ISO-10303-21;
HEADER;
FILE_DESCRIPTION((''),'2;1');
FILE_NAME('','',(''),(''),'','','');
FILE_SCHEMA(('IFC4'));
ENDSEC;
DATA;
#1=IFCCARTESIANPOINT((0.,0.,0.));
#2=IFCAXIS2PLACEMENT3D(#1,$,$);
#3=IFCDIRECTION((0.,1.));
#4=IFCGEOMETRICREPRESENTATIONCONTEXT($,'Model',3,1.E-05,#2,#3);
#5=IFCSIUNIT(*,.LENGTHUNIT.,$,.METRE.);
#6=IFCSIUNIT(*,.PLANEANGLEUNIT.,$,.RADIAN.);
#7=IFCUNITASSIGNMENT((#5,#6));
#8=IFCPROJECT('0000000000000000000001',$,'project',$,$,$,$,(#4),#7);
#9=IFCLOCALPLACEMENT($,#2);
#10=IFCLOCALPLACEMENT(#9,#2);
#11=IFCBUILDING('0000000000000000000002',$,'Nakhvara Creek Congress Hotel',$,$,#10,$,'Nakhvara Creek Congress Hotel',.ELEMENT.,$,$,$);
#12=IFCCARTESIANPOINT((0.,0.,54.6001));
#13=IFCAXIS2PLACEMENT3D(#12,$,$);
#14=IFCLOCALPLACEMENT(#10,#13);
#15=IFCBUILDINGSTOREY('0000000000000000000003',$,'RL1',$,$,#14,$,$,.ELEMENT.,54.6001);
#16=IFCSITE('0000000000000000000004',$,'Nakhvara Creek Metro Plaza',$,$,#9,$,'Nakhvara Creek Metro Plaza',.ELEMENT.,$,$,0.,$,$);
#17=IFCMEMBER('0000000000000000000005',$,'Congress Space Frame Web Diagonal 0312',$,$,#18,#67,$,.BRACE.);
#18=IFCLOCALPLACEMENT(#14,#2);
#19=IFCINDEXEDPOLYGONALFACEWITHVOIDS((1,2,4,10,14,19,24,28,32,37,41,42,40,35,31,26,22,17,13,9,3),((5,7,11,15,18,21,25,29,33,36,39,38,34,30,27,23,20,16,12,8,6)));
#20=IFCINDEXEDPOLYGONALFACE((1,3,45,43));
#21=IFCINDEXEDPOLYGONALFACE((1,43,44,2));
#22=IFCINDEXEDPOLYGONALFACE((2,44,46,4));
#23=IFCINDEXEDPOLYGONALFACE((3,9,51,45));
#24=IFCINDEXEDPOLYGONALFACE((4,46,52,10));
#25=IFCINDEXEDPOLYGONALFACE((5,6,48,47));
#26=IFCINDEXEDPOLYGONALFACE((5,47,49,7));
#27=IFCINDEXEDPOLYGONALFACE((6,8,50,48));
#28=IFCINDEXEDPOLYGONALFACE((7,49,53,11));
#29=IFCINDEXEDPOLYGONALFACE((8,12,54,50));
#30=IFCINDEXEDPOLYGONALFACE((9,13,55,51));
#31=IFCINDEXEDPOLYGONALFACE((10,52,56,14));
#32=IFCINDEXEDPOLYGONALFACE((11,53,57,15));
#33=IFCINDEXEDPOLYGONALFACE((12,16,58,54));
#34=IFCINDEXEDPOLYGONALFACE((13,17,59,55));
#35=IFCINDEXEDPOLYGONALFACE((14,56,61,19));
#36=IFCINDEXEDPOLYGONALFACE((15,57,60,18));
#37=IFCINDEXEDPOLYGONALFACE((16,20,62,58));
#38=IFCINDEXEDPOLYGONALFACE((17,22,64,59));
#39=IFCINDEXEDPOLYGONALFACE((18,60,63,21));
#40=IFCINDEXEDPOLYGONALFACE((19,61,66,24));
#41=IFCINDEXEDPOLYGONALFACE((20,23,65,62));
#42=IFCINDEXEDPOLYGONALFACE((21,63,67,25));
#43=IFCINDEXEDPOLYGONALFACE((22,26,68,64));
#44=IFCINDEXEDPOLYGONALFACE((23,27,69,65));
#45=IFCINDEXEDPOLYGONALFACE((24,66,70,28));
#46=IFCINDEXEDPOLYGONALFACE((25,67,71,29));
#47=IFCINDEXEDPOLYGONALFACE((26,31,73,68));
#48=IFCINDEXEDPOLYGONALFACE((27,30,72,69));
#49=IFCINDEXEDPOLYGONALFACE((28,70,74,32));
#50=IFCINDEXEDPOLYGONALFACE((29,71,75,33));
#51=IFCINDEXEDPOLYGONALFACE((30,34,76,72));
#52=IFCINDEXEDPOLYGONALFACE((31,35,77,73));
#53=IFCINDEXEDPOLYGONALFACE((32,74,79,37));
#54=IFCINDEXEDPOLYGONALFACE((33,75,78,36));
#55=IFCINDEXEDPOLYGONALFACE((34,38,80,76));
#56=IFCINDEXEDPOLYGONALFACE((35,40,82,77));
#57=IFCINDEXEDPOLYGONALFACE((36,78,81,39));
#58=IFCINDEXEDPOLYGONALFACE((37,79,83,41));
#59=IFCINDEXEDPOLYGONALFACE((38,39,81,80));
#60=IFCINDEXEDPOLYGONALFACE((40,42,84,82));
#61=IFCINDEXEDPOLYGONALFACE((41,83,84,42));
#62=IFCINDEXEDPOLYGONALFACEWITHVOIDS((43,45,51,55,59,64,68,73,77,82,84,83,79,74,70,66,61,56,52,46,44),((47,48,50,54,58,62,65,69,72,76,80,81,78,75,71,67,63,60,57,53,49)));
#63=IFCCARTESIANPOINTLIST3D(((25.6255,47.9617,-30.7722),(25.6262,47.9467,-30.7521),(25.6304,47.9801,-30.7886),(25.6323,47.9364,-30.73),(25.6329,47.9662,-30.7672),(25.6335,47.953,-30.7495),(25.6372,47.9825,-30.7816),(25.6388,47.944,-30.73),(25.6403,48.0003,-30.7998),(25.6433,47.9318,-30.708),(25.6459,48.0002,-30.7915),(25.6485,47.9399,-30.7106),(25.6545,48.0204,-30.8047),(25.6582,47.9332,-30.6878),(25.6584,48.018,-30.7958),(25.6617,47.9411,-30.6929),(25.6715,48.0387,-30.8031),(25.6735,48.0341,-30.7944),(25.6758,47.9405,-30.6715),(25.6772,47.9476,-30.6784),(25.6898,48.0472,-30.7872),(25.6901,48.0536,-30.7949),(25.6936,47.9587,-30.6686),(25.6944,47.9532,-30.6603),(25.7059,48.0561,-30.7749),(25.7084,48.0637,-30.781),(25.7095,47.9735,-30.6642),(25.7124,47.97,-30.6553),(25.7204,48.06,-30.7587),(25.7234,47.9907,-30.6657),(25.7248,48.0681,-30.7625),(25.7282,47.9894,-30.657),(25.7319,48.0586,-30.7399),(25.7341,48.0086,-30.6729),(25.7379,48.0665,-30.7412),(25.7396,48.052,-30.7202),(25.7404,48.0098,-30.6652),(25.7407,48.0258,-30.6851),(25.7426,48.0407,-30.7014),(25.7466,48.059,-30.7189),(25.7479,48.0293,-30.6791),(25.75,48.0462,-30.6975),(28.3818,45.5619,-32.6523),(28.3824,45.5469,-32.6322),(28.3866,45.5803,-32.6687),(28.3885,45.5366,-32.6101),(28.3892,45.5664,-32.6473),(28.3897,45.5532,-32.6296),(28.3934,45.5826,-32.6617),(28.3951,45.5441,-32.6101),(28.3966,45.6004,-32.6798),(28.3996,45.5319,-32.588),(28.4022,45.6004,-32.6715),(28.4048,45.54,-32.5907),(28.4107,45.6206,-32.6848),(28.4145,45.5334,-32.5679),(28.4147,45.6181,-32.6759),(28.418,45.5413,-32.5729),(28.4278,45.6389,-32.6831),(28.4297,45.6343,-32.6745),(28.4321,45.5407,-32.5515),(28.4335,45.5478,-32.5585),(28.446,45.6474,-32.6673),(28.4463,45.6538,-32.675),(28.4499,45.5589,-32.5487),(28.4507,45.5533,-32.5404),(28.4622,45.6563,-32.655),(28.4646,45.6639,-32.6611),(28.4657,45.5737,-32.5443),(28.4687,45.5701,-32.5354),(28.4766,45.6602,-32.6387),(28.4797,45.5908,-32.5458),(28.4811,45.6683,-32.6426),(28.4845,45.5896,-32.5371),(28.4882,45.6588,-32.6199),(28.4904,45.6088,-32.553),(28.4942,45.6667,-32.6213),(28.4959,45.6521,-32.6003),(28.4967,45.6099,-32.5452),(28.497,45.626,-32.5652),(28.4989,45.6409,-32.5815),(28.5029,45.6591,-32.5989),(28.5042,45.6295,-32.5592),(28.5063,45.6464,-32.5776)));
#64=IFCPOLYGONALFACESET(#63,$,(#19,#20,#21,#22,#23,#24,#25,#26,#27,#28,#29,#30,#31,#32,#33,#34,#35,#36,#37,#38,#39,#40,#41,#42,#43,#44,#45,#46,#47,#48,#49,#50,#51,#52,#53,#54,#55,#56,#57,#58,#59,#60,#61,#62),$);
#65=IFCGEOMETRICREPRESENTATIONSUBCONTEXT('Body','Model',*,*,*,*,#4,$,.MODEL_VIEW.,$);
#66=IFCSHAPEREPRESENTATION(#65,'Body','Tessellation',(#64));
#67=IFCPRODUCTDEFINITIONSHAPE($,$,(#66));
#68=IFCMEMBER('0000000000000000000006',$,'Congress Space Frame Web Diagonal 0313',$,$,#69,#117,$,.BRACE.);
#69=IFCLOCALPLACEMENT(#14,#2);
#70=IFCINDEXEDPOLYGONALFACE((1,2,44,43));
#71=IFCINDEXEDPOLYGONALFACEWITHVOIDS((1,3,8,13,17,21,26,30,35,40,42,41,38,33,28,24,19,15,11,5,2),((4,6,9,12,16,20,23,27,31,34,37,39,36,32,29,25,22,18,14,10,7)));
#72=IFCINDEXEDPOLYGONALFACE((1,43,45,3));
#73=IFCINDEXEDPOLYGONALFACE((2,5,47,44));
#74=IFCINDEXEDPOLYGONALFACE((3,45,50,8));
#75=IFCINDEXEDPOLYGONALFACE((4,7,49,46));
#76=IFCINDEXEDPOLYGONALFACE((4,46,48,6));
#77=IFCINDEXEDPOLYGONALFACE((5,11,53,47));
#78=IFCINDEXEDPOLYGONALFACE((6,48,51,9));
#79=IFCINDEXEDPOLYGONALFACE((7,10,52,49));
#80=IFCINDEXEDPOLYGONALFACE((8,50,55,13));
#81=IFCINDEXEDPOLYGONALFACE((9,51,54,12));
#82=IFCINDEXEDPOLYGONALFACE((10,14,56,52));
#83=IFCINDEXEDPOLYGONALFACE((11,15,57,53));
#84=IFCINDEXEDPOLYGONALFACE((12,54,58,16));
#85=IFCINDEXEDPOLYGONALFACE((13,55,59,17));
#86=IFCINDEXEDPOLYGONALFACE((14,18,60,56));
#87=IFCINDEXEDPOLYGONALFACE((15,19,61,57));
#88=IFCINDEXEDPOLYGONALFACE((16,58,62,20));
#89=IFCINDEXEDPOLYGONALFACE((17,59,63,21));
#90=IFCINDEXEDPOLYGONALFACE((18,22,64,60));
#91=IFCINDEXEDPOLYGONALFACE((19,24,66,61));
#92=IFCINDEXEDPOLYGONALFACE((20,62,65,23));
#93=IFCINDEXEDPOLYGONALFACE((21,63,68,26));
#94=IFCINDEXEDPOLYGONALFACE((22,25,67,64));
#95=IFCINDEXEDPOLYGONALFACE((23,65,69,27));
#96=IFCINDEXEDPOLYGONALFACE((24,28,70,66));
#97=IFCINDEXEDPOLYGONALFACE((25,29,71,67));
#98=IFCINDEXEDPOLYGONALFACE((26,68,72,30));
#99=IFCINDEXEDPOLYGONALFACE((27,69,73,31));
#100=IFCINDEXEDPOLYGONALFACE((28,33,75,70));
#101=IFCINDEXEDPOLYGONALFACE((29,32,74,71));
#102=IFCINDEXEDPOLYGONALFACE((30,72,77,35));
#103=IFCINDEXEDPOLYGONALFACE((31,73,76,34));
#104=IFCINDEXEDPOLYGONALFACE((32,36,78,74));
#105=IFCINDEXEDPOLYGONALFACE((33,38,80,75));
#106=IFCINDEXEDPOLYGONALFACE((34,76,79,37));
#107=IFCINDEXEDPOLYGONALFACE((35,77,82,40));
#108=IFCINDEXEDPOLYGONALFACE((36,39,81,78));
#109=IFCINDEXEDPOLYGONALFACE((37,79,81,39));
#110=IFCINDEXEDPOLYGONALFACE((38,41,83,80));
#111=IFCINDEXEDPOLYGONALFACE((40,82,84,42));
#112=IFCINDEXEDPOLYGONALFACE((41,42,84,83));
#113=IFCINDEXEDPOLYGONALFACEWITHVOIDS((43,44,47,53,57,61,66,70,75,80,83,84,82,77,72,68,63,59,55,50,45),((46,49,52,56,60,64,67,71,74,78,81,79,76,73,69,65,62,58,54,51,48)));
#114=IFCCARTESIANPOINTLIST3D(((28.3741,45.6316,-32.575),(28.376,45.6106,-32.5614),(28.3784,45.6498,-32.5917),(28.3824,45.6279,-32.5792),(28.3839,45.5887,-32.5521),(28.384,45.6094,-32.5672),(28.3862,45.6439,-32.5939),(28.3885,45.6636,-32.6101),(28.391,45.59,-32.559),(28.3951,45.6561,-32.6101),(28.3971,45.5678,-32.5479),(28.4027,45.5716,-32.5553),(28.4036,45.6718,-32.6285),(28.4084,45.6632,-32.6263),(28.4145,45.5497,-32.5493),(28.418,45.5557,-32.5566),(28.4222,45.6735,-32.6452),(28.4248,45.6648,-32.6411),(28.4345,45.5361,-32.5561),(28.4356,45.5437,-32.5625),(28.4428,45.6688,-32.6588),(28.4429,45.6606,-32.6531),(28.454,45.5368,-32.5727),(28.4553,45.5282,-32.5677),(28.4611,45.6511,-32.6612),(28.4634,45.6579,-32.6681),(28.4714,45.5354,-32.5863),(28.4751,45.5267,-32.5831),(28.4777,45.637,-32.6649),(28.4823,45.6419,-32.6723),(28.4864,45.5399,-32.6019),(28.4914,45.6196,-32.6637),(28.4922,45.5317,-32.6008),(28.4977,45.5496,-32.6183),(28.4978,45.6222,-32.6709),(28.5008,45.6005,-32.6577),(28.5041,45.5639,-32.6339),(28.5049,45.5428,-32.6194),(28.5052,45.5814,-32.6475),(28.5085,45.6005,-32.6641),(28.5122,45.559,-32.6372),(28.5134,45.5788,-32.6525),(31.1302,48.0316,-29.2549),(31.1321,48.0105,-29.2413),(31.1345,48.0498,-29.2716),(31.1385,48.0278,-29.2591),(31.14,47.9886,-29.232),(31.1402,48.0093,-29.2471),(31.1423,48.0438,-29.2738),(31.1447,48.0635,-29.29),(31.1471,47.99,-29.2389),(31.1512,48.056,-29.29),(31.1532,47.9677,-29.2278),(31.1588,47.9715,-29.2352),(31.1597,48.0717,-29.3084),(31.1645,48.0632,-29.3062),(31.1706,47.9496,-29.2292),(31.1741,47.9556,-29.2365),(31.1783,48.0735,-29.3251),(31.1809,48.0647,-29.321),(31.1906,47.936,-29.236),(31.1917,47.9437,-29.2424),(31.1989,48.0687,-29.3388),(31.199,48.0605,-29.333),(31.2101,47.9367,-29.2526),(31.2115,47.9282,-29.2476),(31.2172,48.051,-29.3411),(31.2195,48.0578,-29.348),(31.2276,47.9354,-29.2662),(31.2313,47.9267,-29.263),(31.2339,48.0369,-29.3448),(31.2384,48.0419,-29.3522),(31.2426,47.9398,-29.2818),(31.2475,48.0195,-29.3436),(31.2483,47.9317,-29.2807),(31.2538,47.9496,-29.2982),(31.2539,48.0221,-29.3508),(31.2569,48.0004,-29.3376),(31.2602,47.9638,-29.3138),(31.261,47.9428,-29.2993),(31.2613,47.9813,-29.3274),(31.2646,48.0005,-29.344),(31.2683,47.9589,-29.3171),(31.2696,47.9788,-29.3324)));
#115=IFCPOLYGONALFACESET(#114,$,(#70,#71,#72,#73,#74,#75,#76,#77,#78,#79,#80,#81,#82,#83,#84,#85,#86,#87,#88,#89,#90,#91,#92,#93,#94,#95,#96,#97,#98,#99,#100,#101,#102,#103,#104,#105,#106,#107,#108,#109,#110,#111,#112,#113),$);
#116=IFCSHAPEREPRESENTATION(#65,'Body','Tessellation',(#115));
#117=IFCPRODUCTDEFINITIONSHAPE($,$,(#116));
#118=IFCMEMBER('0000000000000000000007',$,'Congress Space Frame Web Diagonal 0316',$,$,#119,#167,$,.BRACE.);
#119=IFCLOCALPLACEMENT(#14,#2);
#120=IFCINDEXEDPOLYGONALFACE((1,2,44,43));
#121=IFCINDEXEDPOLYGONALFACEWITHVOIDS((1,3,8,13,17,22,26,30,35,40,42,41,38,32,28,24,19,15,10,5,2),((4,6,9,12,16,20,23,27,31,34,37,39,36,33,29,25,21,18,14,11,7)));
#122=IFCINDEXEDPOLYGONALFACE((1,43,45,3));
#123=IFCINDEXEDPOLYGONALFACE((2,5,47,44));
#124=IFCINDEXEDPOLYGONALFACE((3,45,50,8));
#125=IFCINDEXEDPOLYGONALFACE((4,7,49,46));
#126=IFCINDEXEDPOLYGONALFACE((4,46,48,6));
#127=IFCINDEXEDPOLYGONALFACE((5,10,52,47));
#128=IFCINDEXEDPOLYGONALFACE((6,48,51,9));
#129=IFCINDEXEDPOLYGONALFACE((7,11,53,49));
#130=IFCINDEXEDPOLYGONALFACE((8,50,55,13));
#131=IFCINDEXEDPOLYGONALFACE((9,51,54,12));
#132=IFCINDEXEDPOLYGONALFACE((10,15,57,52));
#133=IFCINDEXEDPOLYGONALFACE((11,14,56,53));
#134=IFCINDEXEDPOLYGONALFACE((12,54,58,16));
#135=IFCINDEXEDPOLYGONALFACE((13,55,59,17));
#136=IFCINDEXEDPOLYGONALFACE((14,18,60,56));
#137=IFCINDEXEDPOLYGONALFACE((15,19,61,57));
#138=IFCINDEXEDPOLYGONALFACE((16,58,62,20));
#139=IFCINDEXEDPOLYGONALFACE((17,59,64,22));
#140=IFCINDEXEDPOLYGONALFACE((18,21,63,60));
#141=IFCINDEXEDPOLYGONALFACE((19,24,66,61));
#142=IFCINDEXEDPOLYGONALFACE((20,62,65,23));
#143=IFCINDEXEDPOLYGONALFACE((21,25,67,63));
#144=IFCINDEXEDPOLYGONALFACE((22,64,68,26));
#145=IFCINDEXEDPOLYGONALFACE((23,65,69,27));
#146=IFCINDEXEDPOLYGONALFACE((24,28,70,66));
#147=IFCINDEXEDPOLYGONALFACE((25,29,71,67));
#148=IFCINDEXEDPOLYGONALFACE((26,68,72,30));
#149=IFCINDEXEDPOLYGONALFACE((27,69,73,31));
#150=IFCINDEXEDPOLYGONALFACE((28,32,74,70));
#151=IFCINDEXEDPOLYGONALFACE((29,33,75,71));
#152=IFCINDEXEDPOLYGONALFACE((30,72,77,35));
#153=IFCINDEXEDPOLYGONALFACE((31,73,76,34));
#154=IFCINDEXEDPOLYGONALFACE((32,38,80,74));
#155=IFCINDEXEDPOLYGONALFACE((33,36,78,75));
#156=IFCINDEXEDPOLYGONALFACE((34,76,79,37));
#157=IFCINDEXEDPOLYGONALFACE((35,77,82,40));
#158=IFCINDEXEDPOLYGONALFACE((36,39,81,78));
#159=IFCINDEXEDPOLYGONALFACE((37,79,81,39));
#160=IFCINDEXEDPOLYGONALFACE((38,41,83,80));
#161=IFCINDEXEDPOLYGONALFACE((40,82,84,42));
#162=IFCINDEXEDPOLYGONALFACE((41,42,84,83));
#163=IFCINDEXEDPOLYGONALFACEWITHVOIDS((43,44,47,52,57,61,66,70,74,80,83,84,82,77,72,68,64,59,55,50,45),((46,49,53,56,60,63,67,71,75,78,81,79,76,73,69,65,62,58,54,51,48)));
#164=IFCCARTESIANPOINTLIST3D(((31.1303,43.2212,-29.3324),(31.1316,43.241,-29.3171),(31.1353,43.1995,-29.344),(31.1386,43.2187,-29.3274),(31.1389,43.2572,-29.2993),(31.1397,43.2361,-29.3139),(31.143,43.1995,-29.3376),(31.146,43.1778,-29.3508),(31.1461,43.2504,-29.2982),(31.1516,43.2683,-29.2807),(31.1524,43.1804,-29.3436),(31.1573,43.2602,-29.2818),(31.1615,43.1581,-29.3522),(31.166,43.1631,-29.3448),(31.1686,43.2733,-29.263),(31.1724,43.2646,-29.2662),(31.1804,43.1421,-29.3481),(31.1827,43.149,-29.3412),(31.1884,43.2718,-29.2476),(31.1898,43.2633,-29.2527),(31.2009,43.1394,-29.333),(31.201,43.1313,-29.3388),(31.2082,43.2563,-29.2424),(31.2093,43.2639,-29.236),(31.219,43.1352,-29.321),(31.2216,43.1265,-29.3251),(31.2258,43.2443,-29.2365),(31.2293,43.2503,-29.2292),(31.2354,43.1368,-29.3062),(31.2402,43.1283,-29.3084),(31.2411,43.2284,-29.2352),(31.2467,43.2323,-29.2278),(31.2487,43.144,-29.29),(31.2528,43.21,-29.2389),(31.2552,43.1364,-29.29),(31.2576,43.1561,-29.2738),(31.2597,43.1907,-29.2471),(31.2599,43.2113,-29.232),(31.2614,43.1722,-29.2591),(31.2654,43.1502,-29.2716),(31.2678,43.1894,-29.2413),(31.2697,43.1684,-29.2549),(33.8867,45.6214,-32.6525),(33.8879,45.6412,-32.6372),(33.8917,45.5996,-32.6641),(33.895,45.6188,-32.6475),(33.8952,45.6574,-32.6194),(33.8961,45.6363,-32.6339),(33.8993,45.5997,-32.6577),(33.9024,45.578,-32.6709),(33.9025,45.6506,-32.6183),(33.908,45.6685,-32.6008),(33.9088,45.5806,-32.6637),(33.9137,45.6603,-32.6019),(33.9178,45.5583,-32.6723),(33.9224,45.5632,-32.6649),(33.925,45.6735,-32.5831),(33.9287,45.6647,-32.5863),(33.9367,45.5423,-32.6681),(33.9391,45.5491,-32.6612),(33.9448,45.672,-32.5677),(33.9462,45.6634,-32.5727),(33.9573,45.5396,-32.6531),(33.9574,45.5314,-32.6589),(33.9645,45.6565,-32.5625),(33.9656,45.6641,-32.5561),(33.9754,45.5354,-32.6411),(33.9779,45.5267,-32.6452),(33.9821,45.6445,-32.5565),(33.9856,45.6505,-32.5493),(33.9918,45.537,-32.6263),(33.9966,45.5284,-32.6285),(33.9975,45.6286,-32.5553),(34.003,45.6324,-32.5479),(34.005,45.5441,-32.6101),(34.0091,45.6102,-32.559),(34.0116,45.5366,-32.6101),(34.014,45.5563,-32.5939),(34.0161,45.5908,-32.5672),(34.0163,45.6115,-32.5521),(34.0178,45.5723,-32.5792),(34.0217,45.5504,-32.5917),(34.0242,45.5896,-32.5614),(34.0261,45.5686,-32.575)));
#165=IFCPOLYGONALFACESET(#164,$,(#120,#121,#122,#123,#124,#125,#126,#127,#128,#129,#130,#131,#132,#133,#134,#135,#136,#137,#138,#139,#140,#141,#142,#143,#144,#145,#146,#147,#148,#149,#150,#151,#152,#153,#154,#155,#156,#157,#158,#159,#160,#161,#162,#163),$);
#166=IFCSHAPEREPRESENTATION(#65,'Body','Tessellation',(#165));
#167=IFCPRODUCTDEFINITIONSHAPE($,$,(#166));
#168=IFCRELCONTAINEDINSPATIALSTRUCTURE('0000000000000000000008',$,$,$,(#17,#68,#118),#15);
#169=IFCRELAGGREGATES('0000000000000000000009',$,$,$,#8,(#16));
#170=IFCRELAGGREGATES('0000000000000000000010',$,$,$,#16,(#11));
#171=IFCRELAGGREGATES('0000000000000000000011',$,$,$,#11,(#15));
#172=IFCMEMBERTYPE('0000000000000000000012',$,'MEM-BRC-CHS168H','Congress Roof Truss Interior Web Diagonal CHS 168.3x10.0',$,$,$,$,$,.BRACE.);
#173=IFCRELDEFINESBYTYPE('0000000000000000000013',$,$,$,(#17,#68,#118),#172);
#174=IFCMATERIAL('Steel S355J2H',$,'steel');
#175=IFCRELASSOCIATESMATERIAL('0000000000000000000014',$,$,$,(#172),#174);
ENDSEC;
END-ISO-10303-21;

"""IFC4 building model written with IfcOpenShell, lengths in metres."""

from ifc_helpers import new_model, si_unit, direction, frame, origin, origin_2d, place, context, subcontext, project, spatial, hollow_circle, extrude, material, material_profile, profile_set, type_object, element, save


model = new_model("IFC4")

# Units and contexts
model_context = context("Model", 3, precision=1e-05, world=origin(), true_north=direction((0.0, 1.0)))
body_context = subcontext(model_context, "Body", "Model", "MODEL_VIEW")
ifc_project = project(units=[si_unit("LENGTHUNIT", "METRE"), si_unit("PLANEANGLEUNIT", "RADIAN")], contexts=[model_context])

# Site, building, storey
site_placement = place(None, origin())
site = spatial("IfcSite", under=ifc_project, at=site_placement, Name="Nakhvara Creek Metro Plaza", LongName="Nakhvara Creek Metro Plaza", CompositionType="ELEMENT", RefElevation=0.0)
building_placement = place(site_placement, origin())
building = spatial("IfcBuilding", under=site, at=building_placement, Name="Nakhvara Creek Congress Hotel", LongName="Nakhvara Creek Congress Hotel", CompositionType="ELEMENT")
storey_placement = place(building_placement, frame((0.0, 0.0, 54.6001)))
storey = spatial("IfcBuildingStorey", under=building, at=storey_placement, Name="RL1", CompositionType="ELEMENT", Elevation=54.6001)

# Members
ifc_material_1 = material(Name="Steel S355J2H", Category="steel")
ifc_material_profile_1 = material_profile(ifc_material_1, hollow_circle(Radius=0.0842, WallThickness=0.01, at=origin_2d()), Name="CHS 168.3x10.0", Category="LoadBearing")
ifc_profile_set_1 = profile_set([ifc_material_profile_1], Name="Steel S355J2H")
member_type_1 = type_object("IfcMemberType", Name="MEM-BRC-CHS168H", Description="Congress Roof Truss Interior Web Diagonal CHS 168.3x10.0", PredefinedType="BRACE", material=ifc_profile_set_1)
member_1_placement = place(storey_placement, frame((28.4438, 45.6001, -32.6101), z_axis=(-0.670649, 0.583922, 0.457455), x_axis=(-0.656658, -0.754188, 0.0)))
element("IfcMember", 1, at=member_1_placement, inside=storey, type_object=member_type_1, Name="Congress Space Frame Web Diagonal 0312", PredefinedType="BRACE", context=body_context, shape_type="SweptSolid", body=[
    extrude(hollow_circle(Radius=0.0842, WallThickness=0.01, at=origin_2d()), origin(), (0.0, 0.0, 1.0), 4.1099),
])
member_2_placement = place(storey_placement, frame((28.4438, 45.6001, -32.6101), z_axis=(0.558203, 0.48606, 0.672425), x_axis=(-0.656691, 0.75416, 0.0)))
element("IfcMember", 2, at=member_2_placement, inside=storey, type_object=member_type_1, Name="Congress Space Frame Web Diagonal 0313", PredefinedType="BRACE", context=body_context, shape_type="SweptSolid", body=[
    extrude(hollow_circle(Radius=0.0842, WallThickness=0.01, at=origin_2d()), origin(), (0.0, 0.0, 1.0), 4.9375),
])
member_3_placement = place(storey_placement, frame((33.9563, 45.6001, -32.6101), z_axis=(-0.558224, -0.486085, 0.67239), x_axis=(0.656696, -0.754155, 0.0)))
element("IfcMember", 3, at=member_3_placement, inside=storey, type_object=member_type_1, Name="Congress Space Frame Web Diagonal 0316", PredefinedType="BRACE", context=body_context, shape_type="SweptSolid", body=[
    extrude(hollow_circle(Radius=0.0842, WallThickness=0.01, at=origin_2d()), origin(), (0.0, 0.0, 1.0), 4.9377),
])

save(model, "model.ifc")
